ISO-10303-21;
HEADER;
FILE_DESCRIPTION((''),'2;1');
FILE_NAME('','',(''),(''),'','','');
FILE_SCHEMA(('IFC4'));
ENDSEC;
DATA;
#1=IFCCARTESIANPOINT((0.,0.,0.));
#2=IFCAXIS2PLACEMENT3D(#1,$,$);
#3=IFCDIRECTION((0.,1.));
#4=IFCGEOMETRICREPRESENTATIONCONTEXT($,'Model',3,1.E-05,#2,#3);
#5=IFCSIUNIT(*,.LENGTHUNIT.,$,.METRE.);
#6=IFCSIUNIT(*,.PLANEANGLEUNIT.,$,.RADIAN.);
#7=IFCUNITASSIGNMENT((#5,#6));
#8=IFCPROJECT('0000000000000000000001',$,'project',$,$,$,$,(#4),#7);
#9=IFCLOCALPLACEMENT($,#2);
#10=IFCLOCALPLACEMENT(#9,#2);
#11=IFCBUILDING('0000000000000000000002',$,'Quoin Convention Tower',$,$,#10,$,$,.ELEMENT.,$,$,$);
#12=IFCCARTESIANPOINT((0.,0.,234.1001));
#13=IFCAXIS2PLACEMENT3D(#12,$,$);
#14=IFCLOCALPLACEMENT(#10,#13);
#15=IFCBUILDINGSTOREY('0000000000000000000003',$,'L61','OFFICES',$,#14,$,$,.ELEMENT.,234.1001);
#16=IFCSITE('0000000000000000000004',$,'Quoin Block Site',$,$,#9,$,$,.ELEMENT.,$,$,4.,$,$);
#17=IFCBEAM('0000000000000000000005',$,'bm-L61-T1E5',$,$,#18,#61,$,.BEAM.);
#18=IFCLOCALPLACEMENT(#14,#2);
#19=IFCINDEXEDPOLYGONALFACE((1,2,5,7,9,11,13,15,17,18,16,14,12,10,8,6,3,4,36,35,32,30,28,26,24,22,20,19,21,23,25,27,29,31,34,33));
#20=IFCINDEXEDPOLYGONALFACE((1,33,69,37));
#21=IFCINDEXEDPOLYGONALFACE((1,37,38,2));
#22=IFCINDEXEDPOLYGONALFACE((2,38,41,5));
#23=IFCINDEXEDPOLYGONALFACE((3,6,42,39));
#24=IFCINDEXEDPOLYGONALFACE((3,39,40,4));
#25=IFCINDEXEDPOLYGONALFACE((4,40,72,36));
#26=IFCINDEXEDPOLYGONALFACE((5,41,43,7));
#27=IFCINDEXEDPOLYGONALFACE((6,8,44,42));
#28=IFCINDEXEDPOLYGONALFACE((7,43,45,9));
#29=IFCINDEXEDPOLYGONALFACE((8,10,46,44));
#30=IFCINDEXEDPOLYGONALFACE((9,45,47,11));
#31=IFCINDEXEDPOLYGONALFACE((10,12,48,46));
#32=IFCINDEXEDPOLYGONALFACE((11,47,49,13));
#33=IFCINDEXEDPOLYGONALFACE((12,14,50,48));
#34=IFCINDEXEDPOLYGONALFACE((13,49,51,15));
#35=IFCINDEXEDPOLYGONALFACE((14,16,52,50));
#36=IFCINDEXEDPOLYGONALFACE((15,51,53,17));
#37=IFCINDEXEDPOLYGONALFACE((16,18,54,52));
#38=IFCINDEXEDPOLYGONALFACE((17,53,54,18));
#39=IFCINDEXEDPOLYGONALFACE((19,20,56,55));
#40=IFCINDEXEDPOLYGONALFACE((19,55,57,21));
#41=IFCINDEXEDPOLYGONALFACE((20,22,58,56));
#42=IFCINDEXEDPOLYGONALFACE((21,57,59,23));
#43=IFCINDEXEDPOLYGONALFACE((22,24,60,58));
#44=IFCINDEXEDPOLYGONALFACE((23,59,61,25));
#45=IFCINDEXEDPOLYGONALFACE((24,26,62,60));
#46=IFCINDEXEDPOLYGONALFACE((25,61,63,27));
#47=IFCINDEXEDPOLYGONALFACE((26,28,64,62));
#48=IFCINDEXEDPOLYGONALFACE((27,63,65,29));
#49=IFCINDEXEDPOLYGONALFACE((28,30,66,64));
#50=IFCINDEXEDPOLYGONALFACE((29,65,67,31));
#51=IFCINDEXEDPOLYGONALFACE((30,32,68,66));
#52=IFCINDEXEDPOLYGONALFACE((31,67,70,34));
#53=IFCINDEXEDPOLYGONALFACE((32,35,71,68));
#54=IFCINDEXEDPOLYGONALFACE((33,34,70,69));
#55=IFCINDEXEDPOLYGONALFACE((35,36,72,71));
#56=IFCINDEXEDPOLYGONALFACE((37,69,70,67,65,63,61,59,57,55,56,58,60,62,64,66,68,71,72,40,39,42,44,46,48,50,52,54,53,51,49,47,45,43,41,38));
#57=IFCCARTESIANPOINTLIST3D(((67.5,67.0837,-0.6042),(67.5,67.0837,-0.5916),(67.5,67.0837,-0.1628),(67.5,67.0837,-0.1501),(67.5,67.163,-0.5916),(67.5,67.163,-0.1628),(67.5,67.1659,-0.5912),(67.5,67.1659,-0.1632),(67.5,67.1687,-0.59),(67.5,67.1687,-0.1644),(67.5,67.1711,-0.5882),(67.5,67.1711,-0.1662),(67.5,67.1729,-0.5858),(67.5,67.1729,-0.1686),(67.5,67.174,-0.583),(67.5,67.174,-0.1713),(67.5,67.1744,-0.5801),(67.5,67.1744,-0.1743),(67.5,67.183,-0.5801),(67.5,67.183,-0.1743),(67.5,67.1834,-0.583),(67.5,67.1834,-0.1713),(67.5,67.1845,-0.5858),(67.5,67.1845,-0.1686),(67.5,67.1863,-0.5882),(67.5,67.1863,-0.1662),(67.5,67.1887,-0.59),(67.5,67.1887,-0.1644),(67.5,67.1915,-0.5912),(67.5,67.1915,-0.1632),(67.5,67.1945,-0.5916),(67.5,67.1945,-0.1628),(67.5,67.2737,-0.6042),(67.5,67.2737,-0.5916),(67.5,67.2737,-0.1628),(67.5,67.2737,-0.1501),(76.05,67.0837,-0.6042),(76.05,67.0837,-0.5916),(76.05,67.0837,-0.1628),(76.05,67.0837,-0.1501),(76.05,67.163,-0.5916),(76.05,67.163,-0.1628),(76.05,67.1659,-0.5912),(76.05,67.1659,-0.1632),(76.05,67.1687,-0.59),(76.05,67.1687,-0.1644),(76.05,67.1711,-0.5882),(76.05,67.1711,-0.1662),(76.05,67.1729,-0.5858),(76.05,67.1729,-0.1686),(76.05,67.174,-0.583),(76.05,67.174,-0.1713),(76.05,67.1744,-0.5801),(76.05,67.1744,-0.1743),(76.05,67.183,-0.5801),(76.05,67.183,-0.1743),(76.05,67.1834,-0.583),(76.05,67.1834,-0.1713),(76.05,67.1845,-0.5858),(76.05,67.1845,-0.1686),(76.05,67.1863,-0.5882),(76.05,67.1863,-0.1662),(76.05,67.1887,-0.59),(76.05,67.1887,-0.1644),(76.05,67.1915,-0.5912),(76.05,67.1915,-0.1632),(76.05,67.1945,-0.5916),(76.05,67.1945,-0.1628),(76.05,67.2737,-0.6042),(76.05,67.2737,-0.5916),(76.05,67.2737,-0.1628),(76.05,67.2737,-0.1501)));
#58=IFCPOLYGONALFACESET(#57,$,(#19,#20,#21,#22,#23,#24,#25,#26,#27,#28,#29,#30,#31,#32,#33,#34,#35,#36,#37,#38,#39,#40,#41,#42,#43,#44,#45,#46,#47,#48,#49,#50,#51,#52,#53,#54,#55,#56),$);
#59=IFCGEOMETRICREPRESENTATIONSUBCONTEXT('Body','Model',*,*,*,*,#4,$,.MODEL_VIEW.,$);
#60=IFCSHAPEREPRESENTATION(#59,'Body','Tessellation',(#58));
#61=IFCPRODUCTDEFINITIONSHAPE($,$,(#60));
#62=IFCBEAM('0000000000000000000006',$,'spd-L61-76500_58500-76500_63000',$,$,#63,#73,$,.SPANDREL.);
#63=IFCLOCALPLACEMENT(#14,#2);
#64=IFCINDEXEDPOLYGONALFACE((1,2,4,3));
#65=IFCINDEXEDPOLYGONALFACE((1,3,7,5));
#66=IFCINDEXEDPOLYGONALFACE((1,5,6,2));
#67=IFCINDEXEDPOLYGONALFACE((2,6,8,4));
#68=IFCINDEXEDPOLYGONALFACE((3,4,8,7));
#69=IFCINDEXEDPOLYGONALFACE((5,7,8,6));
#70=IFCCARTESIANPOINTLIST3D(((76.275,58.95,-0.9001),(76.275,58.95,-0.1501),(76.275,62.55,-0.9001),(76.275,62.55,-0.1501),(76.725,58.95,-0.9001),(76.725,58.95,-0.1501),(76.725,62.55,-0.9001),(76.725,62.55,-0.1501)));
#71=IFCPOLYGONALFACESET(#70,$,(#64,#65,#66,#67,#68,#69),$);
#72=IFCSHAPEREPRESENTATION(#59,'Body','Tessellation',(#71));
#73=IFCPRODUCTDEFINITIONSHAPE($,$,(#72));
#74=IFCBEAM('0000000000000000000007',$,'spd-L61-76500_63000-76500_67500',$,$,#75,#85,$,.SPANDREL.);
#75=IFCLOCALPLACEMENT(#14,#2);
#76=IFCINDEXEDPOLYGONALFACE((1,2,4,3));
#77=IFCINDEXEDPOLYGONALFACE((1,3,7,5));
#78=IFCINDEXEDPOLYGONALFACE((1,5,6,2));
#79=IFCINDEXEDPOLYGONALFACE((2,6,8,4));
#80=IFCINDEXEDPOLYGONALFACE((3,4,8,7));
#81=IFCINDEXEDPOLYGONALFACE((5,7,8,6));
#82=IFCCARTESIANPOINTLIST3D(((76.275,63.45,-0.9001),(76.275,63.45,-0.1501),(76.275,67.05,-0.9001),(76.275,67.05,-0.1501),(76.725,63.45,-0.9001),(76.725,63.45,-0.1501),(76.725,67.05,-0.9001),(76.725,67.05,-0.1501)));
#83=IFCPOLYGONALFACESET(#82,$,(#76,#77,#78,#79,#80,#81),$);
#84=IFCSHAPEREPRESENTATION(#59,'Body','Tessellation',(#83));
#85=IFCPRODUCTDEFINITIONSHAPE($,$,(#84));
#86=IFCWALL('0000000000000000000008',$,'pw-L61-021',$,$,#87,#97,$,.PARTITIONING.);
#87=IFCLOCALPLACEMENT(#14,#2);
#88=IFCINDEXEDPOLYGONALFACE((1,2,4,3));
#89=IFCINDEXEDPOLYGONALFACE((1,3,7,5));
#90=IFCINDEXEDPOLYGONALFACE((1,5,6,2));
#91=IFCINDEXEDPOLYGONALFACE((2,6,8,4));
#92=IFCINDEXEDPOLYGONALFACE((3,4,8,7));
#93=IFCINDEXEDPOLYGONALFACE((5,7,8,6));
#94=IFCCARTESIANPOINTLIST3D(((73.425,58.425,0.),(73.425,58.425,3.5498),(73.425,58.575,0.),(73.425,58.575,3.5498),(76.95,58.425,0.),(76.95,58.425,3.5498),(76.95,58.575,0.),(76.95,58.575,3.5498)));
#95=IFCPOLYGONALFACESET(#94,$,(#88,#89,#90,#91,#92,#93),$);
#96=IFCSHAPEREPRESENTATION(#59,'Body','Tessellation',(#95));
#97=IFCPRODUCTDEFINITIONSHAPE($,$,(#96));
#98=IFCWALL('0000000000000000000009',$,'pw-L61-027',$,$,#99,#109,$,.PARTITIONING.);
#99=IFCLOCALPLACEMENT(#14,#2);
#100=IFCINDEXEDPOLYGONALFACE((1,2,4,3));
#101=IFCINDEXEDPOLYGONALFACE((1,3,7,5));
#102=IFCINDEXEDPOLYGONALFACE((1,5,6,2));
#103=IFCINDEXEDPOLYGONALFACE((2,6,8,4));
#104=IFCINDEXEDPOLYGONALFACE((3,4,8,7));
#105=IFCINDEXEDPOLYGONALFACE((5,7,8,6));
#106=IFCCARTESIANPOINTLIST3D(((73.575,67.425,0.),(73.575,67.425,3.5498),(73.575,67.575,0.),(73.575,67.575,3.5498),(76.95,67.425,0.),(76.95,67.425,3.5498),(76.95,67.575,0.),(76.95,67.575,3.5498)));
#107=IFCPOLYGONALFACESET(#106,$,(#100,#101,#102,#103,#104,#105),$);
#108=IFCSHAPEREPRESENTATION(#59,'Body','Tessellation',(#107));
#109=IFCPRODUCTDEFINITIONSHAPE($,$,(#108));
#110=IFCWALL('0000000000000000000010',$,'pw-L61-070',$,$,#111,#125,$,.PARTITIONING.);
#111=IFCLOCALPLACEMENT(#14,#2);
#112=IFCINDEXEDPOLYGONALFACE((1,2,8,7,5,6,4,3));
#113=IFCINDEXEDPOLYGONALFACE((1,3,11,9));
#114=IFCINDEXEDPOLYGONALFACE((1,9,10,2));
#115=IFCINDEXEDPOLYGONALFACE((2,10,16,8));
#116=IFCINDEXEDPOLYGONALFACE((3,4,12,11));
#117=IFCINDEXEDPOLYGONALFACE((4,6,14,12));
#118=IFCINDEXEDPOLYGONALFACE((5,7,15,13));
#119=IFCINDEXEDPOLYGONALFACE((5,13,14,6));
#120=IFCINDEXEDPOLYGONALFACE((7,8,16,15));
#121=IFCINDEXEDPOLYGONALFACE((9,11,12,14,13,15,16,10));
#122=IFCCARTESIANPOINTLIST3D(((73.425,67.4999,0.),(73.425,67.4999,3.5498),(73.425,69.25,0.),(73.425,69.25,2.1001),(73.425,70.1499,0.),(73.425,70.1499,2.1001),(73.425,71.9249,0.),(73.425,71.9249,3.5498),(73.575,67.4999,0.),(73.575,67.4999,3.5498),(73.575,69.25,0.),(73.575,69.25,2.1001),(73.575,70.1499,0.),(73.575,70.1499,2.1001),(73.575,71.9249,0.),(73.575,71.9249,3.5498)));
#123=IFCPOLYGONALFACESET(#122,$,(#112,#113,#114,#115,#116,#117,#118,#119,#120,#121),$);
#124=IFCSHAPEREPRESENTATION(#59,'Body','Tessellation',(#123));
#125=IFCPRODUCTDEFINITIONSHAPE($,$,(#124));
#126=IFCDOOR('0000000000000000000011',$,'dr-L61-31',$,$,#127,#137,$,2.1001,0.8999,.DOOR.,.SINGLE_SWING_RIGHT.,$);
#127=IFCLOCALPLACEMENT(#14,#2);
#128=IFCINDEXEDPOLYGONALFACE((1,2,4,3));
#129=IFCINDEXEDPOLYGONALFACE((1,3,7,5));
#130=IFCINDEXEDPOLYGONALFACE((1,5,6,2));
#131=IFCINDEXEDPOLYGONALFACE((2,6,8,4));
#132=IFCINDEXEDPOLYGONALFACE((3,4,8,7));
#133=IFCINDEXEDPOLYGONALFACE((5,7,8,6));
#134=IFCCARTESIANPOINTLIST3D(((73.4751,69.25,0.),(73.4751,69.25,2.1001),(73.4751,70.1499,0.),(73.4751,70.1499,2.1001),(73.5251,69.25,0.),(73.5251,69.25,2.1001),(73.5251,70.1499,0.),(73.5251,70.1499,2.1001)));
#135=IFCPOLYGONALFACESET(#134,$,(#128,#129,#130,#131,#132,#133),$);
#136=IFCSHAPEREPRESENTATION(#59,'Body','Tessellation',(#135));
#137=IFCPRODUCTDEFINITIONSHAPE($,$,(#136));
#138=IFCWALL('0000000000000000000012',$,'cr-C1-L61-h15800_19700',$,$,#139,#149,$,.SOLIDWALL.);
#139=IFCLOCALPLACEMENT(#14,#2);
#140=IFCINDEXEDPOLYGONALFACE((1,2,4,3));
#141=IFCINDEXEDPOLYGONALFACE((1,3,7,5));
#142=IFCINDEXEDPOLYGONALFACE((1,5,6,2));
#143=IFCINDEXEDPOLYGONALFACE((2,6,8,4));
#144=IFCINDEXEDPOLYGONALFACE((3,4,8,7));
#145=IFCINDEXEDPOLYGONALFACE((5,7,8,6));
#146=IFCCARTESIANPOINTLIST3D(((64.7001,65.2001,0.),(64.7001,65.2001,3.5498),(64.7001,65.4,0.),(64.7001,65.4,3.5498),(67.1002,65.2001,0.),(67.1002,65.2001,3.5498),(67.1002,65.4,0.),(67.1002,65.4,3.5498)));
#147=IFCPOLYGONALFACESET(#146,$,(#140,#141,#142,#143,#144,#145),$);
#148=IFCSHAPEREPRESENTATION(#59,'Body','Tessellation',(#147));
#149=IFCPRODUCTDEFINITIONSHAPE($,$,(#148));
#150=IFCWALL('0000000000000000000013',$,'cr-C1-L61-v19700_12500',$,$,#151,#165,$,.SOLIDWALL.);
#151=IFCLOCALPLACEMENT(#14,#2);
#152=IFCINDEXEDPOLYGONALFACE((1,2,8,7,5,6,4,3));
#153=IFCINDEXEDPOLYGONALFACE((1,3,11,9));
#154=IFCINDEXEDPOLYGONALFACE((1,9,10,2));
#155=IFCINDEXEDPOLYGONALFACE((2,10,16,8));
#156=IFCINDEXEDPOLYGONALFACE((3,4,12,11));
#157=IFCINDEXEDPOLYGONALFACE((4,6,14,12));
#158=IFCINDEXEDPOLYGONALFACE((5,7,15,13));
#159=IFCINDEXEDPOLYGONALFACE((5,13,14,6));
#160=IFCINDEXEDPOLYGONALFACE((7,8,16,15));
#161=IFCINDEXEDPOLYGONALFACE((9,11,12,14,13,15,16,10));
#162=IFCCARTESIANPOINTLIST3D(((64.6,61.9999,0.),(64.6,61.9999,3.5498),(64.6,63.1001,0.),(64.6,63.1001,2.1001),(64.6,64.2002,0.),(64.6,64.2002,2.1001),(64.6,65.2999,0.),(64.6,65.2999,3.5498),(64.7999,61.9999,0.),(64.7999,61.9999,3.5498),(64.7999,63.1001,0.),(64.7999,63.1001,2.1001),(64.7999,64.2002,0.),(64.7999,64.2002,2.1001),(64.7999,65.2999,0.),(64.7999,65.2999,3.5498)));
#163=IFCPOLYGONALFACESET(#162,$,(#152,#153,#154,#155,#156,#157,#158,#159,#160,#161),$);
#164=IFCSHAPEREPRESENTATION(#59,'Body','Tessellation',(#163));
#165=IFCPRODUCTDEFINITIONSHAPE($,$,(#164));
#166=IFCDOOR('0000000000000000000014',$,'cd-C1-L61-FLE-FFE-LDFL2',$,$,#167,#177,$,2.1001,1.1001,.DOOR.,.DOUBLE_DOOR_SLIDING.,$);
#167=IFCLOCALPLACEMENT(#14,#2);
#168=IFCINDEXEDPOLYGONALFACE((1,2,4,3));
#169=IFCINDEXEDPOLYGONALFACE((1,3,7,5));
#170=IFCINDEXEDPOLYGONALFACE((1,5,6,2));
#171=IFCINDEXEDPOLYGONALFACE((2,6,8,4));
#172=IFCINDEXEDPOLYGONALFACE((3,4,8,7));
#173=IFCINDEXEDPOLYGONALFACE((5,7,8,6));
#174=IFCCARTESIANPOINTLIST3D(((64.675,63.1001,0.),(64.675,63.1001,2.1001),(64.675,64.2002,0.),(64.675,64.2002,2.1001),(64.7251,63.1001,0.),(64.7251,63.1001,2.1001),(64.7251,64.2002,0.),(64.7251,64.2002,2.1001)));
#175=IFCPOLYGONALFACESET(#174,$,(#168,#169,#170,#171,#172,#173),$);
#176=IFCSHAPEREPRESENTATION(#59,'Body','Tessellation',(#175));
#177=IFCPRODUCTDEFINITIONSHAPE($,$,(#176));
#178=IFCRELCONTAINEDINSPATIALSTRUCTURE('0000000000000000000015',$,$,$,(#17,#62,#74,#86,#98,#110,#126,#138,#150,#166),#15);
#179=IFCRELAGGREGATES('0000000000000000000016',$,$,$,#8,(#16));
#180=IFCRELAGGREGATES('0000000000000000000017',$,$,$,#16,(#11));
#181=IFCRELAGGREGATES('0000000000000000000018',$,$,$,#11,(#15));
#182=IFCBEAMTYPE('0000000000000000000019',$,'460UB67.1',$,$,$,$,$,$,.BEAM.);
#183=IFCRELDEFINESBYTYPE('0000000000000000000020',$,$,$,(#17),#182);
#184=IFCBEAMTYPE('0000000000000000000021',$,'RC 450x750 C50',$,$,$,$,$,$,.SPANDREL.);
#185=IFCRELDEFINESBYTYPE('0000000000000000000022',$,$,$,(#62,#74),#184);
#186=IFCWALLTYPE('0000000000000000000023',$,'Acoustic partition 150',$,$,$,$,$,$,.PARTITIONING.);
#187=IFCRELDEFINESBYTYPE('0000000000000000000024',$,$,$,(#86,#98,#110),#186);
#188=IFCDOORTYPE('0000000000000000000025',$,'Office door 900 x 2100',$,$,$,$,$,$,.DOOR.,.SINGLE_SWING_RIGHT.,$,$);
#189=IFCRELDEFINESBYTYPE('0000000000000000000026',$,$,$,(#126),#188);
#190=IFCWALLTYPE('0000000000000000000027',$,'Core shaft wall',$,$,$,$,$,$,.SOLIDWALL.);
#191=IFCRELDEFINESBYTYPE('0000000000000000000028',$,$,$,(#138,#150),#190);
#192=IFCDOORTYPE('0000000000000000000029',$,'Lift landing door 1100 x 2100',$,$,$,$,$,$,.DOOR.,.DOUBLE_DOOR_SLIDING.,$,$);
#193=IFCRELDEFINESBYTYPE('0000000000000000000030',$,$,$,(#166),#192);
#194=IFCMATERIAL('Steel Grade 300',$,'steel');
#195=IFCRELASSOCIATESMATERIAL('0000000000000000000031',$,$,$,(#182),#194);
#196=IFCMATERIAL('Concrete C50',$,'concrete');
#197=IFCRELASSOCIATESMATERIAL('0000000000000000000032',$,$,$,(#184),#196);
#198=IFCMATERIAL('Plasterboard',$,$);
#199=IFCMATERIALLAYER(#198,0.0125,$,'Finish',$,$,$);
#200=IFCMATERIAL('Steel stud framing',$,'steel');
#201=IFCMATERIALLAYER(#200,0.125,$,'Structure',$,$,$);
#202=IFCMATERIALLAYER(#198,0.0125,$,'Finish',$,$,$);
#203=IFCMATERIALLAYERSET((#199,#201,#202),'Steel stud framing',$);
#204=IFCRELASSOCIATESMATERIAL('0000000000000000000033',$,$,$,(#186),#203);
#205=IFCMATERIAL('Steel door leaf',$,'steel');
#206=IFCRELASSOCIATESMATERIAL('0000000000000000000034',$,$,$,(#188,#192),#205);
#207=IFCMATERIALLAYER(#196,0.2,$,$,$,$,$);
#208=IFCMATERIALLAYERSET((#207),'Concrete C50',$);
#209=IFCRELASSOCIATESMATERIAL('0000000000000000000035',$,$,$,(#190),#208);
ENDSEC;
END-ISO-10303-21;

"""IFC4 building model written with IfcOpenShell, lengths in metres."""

from ifc_helpers import new_model, si_unit, direction, frame, frame_2d, origin, origin_2d, place, context, subcontext, project, spatial, rectangle, i_section, extrude, material, layer, layer_set, material_profile, profile_set, type_object, element, fill, save


model = new_model("IFC4")

# Units and contexts
model_context = context("Model", 3, precision=1e-05, world=origin(), true_north=direction((0.0, 1.0)))
body_context = subcontext(model_context, "Body", "Model", "MODEL_VIEW")
ifc_project = project(units=[si_unit("LENGTHUNIT", "METRE"), si_unit("PLANEANGLEUNIT", "RADIAN")], contexts=[model_context])

# Site, building, storey
site_placement = place(None, origin())
site = spatial("IfcSite", under=ifc_project, at=site_placement, Name="Quoin Block Site", CompositionType="ELEMENT", RefElevation=4.0)
building_placement = place(site_placement, origin())
building = spatial("IfcBuilding", under=site, at=building_placement, Name="Quoin Convention Tower", CompositionType="ELEMENT")
storey_placement = place(building_placement, frame((0.0, 0.0, 234.1001)))
storey = spatial("IfcBuildingStorey", under=building, at=storey_placement, Name="L61", Description="OFFICES", CompositionType="ELEMENT", Elevation=234.1001)

# Shared definitions
ifc_material_1 = material(Name="Concrete C50", Category="concrete")

# Beams
ifc_material_2 = material(Name="Steel Grade 300", Category="steel")
ifc_material_profile_1 = material_profile(ifc_material_2, i_section(OverallWidth=0.1899, OverallDepth=0.4541, WebThickness=0.0085, FlangeThickness=0.0127, FilletRadius=0.0115, at=origin_2d()), Name="460UB67.1")
ifc_profile_set_1 = profile_set([ifc_material_profile_1], Name="Steel Grade 300")
beam_type_1 = type_object("IfcBeamType", Name="460UB67.1", PredefinedType="BEAM", material=ifc_profile_set_1)
beam_placement = place(storey_placement, frame((67.5, 67.1787, -0.3772), z_axis=(1.0, 0.0, 0.0), x_axis=(0.0, 1.0, 0.0)))
element("IfcBeam", 1, at=beam_placement, inside=storey, type_object=beam_type_1, Name="bm-L61-T1E5", PredefinedType="BEAM", context=body_context, shape_type="SweptSolid", body=[
    extrude(i_section(OverallWidth=0.1899, OverallDepth=0.4541, WebThickness=0.0085, FlangeThickness=0.0127, FilletRadius=0.0115, at=origin_2d()), origin(), (0.0, 0.0, 1.0), 8.55),
])
ifc_material_profile_2 = material_profile(ifc_material_1, rectangle(XDim=0.45, YDim=0.75, at=origin_2d()), Name="RC 450x750")
ifc_profile_set_2 = profile_set([ifc_material_profile_2], Name="Concrete C50")
beam_type_2 = type_object("IfcBeamType", Name="RC 450x750 C50", PredefinedType="SPANDREL", material=ifc_profile_set_2)
for number, where, z_axis, x_axis, name in (
    (2, (76.5, 58.95, -0.5251), (0.0, 1.0, 0.0), (-1.0, 0.0, 0.0), "spd-L61-76500_58500-76500_63000"),
    (3, (76.5, 63.45, -0.5251), (0.0, 1.0, 0.0), (-1.0, 0.0, 0.0), "spd-L61-76500_63000-76500_67500"),
):
    element("IfcBeam", number, at=place(storey_placement, frame(where, z_axis=z_axis, x_axis=x_axis)), inside=storey, type_object=beam_type_2, Name=name, PredefinedType="SPANDREL", context=body_context, shape_type="SweptSolid", body=[
        extrude(rectangle(XDim=0.45, YDim=0.75, at=origin_2d()), origin(), (0.0, 0.0, 1.0), 3.6001),
    ])

# Walls
ifc_material_3 = material(Name="Plasterboard")
ifc_layer_1 = layer(ifc_material_3, 0.0125, Name="Finish")
ifc_material_4 = material(Name="Steel stud framing", Category="steel")
ifc_layer_2 = layer(ifc_material_4, 0.125, Name="Structure")
ifc_layer_3 = layer(ifc_material_3, 0.0125, Name="Finish")
ifc_layer_set_1 = layer_set([ifc_layer_1, ifc_layer_2, ifc_layer_3], Name="Steel stud framing")
wall_type_1 = type_object("IfcWallType", Name="Acoustic partition 150", PredefinedType="PARTITIONING", material=ifc_layer_set_1)
wall_1_placement = place(storey_placement, frame((73.425, 58.5, 0.0), z_axis=(0.0, 0.0, 1.0), x_axis=(1.0, 0.0, 0.0)))
element("IfcWall", 4, at=wall_1_placement, inside=storey, type_object=wall_type_1, Name="pw-L61-021", PredefinedType="PARTITIONING", context=body_context, shape_type="SweptSolid", body=[
    extrude(rectangle(XDim=3.5249, YDim=0.1499, at=frame_2d((1.7625, 0.0))), origin(), (0.0, 0.0, 1.0), 3.5498),
])
wall_2_placement = place(storey_placement, frame((73.575, 67.5, 0.0), z_axis=(0.0, 0.0, 1.0), x_axis=(1.0, 0.0, 0.0)))
element("IfcWall", 5, at=wall_2_placement, inside=storey, type_object=wall_type_1, Name="pw-L61-027", PredefinedType="PARTITIONING", context=body_context, shape_type="SweptSolid", body=[
    extrude(rectangle(XDim=3.375, YDim=0.1499, at=frame_2d((1.6875, 0.0))), origin(), (0.0, 0.0, 1.0), 3.5498),
])

# Wall, opening, door
wall_3_placement = place(storey_placement, frame((73.5, 67.5, 0.0), z_axis=(0.0, 0.0, 1.0), x_axis=(0.0, 1.0, 0.0)))
wall_3 = element("IfcWall", 6, at=wall_3_placement, inside=storey, type_object=wall_type_1, Name="pw-L61-070", PredefinedType="PARTITIONING", context=body_context, shape_type="SweptSolid", body=[
    extrude(rectangle(XDim=4.425, YDim=0.1499, at=frame_2d((2.2124, 0.0))), origin(), (0.0, 0.0, 1.0), 3.5498),
])
opening_1_placement = place(wall_3_placement, frame((1.75, 0.0, 0.0)))
opening_1 = element("IfcOpeningElement", 7, at=opening_1_placement, cuts=wall_3, PredefinedType="OPENING", context=body_context, shape_type="SweptSolid", body=[
    extrude(rectangle(XDim=0.8999, YDim=2.1001, at=frame_2d((0.45, 1.05))), frame((0.0, 0.085, 0.0), z_axis=(0.0, -1.0, 0.0), x_axis=(1.0, 0.0, 0.0)), (0.0, 0.0, 1.0), 0.1699),
])
ifc_material_5 = material(Name="Steel door leaf", Category="steel")
door_type_1 = type_object("IfcDoorType", Name="Office door 900 x 2100", OperationType="SINGLE_SWING_RIGHT", PredefinedType="DOOR", material=ifc_material_5)
door_1_placement = place(opening_1_placement, origin())
door_1 = element("IfcDoor", 8, at=door_1_placement, inside=storey, type_object=door_type_1, Name="dr-L61-31", OperationType="SINGLE_SWING_RIGHT", OverallHeight=2.1001, OverallWidth=0.8999, PredefinedType="DOOR", context=body_context, shape_type="SweptSolid", body=[
    extrude(rectangle(XDim=0.8999, YDim=2.1001, at=frame_2d((0.45, 1.05))), frame((0.0, 0.0249, 0.0), z_axis=(0.0, -1.0, 0.0), x_axis=(1.0, 0.0, 0.0)), (0.0, 0.0, 1.0), 0.05),
])
fill(opening_1, door_1)

# Wall
ifc_layer_4 = layer(ifc_material_1, 0.2)
ifc_layer_set_2 = layer_set([ifc_layer_4], Name="Concrete C50")
wall_type_2 = type_object("IfcWallType", Name="Core shaft wall", PredefinedType="SOLIDWALL", material=ifc_layer_set_2)
wall_4_placement = place(storey_placement, frame((64.7, 65.3, 0.0), z_axis=(0.0, 0.0, 1.0), x_axis=(1.0, 0.0, 0.0)))
element("IfcWall", 9, at=wall_4_placement, inside=storey, type_object=wall_type_2, Name="cr-C1-L61-h15800_19700", PredefinedType="SOLIDWALL", context=body_context, shape_type="SweptSolid", body=[
    extrude(rectangle(XDim=2.4001, YDim=0.2, at=frame_2d((1.2002, 0.0))), origin(), (0.0, 0.0, 1.0), 3.5498),
])

# Wall, opening, door
wall_5_placement = place(storey_placement, frame((64.7, 62.0, 0.0), z_axis=(0.0, 0.0, 1.0), x_axis=(0.0, 1.0, 0.0)))
wall_5 = element("IfcWall", 10, at=wall_5_placement, inside=storey, type_object=wall_type_2, Name="cr-C1-L61-v19700_12500", PredefinedType="SOLIDWALL", context=body_context, shape_type="SweptSolid", body=[
    extrude(rectangle(XDim=3.3, YDim=0.2, at=frame_2d((1.6499, 0.0))), origin(), (0.0, 0.0, 1.0), 3.5498),
])
opening_2_placement = place(wall_5_placement, frame((1.1001, 0.0, 0.0)))
opening_2 = element("IfcOpeningElement", 11, at=opening_2_placement, cuts=wall_5, PredefinedType="OPENING", context=body_context, shape_type="SweptSolid", body=[
    extrude(rectangle(XDim=1.1001, YDim=2.1001, at=frame_2d((0.55, 1.05))), frame((0.0, 0.1099, 0.0), z_axis=(0.0, -1.0, 0.0), x_axis=(1.0, 0.0, 0.0)), (0.0, 0.0, 1.0), 0.22),
])
door_type_2 = type_object("IfcDoorType", Name="Lift landing door 1100 x 2100", OperationType="DOUBLE_DOOR_SLIDING", PredefinedType="DOOR", material=ifc_material_5)
door_2_placement = place(opening_2_placement, origin())
door_2 = element("IfcDoor", 12, at=door_2_placement, inside=storey, type_object=door_type_2, Name="cd-C1-L61-FLE-FFE-LDFL2", OperationType="DOUBLE_DOOR_SLIDING", OverallHeight=2.1001, OverallWidth=1.1001, PredefinedType="DOOR", context=body_context, shape_type="SweptSolid", body=[
    extrude(rectangle(XDim=1.1001, YDim=2.1001, at=frame_2d((0.55, 1.05))), frame((0.0, 0.0249, 0.0), z_axis=(0.0, -1.0, 0.0), x_axis=(1.0, 0.0, 0.0)), (0.0, 0.0, 1.0), 0.05),
])
fill(opening_2, door_2)

save(model, "model.ifc")
